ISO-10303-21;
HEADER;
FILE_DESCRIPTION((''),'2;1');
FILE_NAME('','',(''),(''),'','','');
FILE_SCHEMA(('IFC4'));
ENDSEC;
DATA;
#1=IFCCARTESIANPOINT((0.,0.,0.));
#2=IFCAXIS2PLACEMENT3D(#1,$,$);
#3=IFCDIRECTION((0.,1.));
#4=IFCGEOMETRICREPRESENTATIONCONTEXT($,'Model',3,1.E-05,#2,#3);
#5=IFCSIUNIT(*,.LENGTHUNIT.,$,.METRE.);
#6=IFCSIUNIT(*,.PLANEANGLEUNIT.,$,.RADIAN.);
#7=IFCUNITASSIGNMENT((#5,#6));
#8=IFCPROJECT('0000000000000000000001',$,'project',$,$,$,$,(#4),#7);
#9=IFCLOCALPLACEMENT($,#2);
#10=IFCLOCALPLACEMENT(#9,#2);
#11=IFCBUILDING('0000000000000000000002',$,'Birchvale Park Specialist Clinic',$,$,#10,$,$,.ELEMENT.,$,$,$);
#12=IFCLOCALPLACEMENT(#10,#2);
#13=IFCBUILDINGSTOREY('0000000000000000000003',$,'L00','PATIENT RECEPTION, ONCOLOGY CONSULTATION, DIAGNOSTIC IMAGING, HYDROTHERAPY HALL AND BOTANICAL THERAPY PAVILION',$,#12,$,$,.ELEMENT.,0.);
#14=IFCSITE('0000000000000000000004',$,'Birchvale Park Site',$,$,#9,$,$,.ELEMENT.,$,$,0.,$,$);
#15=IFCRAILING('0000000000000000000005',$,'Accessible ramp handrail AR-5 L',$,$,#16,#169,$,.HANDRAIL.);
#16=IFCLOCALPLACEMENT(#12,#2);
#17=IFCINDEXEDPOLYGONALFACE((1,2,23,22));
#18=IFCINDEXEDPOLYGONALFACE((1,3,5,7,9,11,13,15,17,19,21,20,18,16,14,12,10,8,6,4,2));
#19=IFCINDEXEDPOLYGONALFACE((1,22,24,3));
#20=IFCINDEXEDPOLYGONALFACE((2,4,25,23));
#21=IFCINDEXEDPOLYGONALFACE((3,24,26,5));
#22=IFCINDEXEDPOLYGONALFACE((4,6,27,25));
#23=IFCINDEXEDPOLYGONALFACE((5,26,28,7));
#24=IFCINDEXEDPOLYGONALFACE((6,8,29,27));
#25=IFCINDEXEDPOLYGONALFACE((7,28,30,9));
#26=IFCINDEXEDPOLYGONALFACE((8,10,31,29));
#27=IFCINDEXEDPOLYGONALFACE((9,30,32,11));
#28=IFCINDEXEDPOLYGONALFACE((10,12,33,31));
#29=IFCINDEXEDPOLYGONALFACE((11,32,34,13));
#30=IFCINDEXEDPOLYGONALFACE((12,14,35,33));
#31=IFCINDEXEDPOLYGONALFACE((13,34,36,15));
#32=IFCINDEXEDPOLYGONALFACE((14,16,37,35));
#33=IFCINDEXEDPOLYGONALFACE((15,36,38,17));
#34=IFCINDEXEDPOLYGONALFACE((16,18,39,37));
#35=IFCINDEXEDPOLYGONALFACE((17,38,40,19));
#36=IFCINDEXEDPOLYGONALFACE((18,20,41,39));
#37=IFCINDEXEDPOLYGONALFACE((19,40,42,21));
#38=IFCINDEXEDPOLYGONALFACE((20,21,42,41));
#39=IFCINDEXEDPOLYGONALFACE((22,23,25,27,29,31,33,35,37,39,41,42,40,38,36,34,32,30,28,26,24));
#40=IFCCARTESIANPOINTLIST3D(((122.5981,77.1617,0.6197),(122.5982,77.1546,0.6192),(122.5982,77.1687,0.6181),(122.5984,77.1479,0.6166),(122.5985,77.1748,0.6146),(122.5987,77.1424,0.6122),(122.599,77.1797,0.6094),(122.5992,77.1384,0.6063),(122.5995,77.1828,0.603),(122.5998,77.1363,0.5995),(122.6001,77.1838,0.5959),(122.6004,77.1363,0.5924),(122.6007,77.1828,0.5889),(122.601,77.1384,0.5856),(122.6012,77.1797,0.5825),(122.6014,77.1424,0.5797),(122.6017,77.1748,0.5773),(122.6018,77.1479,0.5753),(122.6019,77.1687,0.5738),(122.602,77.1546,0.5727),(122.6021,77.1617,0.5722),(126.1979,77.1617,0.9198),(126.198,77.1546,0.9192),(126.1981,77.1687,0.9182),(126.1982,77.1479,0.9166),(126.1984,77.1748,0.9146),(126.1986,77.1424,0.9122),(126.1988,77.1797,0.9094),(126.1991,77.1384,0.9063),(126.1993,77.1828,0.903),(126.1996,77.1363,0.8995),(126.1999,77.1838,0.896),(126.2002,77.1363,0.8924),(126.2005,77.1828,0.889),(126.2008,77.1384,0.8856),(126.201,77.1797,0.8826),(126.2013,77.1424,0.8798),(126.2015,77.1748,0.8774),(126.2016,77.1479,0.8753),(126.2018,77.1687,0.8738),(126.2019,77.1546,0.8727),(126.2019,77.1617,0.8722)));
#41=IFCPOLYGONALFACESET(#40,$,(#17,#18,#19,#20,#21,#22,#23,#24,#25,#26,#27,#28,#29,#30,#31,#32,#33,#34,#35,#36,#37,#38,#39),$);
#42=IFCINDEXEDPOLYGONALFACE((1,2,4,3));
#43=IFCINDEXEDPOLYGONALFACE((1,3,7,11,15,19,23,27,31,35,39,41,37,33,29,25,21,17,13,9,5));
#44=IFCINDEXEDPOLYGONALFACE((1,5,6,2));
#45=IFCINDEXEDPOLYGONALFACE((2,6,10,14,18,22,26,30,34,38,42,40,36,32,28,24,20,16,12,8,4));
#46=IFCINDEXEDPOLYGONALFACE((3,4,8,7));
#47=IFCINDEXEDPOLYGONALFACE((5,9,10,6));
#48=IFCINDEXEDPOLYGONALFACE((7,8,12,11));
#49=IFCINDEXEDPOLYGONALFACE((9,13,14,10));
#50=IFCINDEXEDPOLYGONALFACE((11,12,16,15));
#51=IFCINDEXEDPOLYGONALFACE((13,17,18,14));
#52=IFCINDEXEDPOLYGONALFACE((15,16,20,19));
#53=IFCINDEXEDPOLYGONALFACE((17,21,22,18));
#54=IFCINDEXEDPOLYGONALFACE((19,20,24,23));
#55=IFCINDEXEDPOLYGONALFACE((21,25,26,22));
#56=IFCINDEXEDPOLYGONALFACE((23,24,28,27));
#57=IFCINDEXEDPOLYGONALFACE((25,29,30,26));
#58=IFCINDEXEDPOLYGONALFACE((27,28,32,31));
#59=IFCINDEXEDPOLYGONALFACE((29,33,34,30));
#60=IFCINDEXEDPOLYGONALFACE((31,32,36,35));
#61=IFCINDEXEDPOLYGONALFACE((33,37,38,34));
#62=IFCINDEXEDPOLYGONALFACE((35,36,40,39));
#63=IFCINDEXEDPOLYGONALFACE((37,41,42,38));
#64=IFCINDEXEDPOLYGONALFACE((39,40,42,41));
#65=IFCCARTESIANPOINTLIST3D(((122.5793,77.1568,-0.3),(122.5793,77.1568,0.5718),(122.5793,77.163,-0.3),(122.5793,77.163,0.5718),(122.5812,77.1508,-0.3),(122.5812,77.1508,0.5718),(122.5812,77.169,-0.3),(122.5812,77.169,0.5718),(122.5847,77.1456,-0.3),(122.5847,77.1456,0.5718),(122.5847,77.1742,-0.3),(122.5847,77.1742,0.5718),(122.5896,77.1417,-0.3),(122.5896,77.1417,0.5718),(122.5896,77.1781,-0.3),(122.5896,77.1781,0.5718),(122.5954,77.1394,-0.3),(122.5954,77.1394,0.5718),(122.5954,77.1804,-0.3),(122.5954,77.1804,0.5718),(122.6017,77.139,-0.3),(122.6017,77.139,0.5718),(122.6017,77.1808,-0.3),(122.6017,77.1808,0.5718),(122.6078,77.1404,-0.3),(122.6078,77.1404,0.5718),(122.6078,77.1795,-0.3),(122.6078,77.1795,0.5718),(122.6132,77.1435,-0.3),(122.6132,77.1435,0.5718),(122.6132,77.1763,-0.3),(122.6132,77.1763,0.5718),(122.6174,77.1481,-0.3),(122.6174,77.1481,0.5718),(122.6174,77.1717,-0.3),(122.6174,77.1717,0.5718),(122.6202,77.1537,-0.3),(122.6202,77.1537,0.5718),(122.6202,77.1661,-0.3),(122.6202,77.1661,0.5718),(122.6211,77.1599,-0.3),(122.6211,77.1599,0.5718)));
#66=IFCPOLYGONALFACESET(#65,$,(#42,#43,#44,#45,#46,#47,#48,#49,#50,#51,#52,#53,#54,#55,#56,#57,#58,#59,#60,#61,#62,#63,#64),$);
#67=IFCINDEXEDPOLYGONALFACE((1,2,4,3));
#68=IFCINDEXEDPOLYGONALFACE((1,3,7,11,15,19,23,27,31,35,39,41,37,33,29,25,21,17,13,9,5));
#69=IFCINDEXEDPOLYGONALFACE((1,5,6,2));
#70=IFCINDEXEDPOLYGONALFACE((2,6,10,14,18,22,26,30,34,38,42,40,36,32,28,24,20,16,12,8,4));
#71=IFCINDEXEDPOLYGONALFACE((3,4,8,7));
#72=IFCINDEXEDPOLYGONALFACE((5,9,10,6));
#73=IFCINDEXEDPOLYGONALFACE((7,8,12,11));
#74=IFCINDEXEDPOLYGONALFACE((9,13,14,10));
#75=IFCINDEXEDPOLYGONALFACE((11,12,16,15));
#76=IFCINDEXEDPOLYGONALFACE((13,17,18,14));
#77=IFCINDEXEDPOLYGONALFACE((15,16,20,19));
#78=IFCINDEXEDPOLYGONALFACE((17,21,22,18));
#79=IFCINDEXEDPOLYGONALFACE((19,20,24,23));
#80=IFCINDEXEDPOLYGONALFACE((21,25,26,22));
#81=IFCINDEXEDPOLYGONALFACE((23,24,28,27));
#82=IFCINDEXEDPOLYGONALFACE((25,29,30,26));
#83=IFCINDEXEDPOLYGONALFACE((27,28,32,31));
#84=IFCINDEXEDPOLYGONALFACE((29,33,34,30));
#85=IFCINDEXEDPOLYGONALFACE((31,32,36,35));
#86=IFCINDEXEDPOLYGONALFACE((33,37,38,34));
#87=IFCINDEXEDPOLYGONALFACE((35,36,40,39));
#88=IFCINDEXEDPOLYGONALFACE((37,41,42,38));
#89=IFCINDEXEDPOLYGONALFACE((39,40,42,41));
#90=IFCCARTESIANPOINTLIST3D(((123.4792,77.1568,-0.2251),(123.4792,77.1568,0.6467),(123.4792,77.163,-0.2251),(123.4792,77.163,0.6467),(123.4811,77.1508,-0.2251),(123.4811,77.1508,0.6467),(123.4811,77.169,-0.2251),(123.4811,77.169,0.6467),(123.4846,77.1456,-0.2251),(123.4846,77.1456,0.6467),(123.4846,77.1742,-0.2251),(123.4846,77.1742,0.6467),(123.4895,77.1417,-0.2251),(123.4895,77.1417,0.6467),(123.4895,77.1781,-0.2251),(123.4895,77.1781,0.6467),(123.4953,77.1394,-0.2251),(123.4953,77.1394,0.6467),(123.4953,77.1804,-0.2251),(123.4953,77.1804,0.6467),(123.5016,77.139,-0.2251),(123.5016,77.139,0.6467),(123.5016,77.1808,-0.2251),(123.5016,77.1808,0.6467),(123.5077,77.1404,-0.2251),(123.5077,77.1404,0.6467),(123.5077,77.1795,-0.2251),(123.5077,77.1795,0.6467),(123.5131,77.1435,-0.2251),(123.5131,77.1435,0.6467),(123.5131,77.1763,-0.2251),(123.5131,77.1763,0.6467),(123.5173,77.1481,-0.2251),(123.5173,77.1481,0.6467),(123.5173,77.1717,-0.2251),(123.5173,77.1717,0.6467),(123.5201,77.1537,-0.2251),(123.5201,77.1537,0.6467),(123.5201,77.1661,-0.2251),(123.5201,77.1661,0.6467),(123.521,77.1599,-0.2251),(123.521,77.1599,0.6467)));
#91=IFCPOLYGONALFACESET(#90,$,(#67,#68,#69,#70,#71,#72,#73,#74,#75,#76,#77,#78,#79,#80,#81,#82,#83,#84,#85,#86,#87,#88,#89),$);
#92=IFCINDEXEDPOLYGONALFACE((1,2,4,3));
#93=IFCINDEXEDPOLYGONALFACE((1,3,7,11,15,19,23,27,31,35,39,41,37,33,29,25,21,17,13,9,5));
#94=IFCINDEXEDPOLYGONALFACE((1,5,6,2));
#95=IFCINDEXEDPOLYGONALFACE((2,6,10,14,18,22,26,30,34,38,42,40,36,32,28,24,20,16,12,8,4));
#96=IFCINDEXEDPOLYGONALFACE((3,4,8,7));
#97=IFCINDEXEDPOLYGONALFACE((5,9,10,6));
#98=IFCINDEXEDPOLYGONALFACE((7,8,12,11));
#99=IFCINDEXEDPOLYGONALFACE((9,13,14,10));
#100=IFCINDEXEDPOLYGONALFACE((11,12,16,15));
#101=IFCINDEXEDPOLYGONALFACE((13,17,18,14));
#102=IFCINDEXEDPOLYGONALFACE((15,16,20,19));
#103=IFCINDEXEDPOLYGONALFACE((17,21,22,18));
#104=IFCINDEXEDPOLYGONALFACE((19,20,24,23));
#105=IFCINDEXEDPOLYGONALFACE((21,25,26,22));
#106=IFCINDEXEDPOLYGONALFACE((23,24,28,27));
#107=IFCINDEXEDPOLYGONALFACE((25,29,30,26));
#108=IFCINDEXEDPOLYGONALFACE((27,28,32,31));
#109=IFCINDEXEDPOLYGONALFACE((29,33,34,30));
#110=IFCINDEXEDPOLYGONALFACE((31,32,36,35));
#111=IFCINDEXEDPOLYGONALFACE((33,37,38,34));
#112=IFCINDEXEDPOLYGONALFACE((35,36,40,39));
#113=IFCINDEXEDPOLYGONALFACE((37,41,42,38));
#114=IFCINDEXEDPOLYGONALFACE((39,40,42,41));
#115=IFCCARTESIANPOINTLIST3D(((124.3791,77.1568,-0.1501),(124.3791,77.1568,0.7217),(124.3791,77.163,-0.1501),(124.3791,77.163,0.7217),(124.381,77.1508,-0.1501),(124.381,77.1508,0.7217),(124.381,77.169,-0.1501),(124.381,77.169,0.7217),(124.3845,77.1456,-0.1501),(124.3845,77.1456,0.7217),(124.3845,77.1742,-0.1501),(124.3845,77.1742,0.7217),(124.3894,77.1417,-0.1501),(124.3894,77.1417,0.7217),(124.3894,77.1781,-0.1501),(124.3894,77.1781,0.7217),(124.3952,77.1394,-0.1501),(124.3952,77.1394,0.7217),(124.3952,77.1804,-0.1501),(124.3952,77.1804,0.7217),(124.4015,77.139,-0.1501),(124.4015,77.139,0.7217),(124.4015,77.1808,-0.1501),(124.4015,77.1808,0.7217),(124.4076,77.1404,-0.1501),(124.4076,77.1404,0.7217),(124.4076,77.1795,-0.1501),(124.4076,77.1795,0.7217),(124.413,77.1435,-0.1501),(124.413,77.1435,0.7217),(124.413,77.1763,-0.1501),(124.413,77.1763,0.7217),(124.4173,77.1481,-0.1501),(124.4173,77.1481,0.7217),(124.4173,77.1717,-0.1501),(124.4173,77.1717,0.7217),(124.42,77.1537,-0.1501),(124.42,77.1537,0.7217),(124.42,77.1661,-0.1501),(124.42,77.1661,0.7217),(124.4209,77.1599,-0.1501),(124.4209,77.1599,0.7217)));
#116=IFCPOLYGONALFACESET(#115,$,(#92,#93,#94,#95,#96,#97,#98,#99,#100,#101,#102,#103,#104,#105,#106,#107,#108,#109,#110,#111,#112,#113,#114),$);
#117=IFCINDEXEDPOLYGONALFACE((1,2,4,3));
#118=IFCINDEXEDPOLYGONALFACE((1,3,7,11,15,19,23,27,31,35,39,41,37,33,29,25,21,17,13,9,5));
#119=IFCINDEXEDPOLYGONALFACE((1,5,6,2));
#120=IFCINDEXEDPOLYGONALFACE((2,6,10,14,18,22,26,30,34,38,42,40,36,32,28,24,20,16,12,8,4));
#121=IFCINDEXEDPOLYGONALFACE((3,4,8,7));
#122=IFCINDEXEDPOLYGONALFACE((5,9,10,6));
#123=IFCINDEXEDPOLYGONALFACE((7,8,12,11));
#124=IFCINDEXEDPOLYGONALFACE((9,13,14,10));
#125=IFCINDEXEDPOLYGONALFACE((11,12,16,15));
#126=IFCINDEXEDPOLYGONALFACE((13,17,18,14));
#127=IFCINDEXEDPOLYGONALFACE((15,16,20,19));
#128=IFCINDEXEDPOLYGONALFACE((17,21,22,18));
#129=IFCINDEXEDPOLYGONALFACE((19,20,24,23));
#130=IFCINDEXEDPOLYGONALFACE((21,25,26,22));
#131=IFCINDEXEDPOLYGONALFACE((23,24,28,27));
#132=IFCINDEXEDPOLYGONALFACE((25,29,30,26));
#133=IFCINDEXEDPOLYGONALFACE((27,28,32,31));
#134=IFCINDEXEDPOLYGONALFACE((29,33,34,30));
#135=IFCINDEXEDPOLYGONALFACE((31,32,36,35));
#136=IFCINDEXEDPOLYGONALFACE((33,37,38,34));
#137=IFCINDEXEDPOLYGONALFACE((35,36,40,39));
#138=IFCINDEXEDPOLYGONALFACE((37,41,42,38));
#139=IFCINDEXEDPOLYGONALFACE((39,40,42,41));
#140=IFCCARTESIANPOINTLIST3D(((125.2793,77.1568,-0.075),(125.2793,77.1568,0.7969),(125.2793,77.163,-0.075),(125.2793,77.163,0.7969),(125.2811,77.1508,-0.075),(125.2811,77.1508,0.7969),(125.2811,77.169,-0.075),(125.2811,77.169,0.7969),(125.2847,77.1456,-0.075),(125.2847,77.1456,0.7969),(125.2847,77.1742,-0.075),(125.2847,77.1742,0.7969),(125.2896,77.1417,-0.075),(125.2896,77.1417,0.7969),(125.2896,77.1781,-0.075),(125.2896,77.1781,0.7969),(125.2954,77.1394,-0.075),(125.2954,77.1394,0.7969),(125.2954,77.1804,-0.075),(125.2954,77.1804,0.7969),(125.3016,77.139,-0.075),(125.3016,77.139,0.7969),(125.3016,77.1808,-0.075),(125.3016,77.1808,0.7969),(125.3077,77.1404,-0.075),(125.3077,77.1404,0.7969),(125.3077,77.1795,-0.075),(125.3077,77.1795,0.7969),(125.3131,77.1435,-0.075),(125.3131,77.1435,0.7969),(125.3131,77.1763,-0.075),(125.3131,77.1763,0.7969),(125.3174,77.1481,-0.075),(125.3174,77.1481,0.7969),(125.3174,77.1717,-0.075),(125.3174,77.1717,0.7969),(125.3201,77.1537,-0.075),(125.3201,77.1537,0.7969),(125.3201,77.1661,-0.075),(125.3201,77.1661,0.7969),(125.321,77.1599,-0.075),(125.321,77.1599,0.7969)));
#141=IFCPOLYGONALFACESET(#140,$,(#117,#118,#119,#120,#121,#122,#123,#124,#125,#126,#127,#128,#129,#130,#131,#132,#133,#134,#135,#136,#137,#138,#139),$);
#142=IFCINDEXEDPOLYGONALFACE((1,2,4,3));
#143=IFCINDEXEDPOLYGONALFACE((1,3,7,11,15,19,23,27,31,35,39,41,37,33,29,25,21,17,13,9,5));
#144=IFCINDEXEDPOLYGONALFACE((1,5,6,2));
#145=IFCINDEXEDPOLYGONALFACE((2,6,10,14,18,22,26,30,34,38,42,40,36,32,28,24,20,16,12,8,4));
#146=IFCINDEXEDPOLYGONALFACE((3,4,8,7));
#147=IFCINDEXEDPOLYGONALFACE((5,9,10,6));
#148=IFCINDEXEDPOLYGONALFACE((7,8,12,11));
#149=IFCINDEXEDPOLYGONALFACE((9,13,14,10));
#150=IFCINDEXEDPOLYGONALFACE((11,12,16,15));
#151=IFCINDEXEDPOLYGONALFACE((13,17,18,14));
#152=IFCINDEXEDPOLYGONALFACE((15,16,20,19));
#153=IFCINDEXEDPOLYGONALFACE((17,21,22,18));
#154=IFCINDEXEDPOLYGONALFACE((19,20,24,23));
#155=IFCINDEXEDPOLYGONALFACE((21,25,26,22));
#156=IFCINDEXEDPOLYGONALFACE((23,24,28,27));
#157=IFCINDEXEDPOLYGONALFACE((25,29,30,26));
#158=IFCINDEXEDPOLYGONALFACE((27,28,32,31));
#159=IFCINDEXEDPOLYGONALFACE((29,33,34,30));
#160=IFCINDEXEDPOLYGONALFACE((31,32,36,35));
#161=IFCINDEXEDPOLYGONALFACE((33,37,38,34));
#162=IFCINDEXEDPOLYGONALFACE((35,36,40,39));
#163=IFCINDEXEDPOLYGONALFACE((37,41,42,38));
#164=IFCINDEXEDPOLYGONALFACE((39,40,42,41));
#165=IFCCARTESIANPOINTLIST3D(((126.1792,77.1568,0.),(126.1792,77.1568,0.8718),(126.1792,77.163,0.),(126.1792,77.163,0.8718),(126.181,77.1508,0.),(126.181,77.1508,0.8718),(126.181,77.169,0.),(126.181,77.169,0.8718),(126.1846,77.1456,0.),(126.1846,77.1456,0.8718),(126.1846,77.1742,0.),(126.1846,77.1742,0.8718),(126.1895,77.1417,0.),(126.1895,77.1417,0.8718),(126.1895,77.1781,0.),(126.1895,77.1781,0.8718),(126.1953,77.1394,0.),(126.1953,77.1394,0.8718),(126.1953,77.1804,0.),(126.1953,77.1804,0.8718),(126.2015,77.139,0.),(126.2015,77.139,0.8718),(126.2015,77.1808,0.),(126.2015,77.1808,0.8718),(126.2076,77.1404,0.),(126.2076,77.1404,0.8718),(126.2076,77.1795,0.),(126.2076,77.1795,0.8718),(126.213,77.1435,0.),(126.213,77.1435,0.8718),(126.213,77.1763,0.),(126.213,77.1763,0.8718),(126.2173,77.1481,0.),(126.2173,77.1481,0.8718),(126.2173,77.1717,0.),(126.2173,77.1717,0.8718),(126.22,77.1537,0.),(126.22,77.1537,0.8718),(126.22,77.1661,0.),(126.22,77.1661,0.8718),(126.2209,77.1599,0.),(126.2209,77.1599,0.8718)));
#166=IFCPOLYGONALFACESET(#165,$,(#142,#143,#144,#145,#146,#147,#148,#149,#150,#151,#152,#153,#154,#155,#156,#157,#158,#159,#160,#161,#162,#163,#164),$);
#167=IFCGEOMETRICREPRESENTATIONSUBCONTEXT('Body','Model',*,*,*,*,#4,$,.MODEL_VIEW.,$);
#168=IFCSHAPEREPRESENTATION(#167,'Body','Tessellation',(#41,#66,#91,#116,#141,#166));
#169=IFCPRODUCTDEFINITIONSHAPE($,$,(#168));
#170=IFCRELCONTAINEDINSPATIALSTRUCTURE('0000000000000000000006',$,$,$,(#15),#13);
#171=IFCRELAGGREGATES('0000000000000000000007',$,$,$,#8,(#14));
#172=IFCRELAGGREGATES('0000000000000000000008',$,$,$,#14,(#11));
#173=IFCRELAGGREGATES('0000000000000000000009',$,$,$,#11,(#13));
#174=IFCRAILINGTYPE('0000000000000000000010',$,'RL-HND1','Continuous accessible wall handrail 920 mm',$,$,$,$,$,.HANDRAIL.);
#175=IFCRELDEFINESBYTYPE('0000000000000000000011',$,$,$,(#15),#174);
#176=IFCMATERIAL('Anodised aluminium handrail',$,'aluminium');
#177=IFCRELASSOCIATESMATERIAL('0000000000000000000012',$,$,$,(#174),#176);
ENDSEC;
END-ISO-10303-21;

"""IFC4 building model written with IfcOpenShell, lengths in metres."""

from ifc_helpers import new_model, si_unit, direction, frame, origin, origin_2d, place, context, subcontext, project, spatial, circle, extrude, material, type_object, element, save


model = new_model("IFC4")

# Units and contexts
model_context = context("Model", 3, precision=1e-05, world=origin(), true_north=direction((0.0, 1.0)))
body_context = subcontext(model_context, "Body", "Model", "MODEL_VIEW")
ifc_project = project(units=[si_unit("LENGTHUNIT", "METRE"), si_unit("PLANEANGLEUNIT", "RADIAN")], contexts=[model_context])

# Site, building, storey
site_placement = place(None, origin())
site = spatial("IfcSite", under=ifc_project, at=site_placement, Name="Birchvale Park Site", CompositionType="ELEMENT", RefElevation=0.0)
building_placement = place(site_placement, origin())
building = spatial("IfcBuilding", under=site, at=building_placement, Name="Birchvale Park Specialist Clinic", CompositionType="ELEMENT")
storey_placement = place(building_placement, origin())
storey = spatial("IfcBuildingStorey", under=building, at=storey_placement, Name="L00", Description="PATIENT RECEPTION, ONCOLOGY CONSULTATION, DIAGNOSTIC IMAGING, HYDROTHERAPY HALL AND BOTANICAL THERAPY PAVILION", CompositionType="ELEMENT", Elevation=0.0)

# Railing
ifc_material_1 = material(Name="Anodised aluminium handrail", Category="aluminium")
railing_type = type_object("IfcRailingType", Name="RL-HND1", Description="Continuous accessible wall handrail 920 mm", PredefinedType="HANDRAIL", material=ifc_material_1)
for number, where, name in (
    (1, (122.6001, 77.1599, -0.3), "Accessible ramp handrail AR-5 L"),
):
    element("IfcRailing", number, at=place(storey_placement, frame(where)), inside=storey, type_object=railing_type, Name=name, PredefinedType="HANDRAIL", context=body_context, shape_type="SweptSolid", body=[
        extrude(circle(Radius=0.0239, at=origin_2d()), frame((0.0, 0.0, 0.896), z_axis=(0.996544, 0.0, 0.083062), x_axis=(0.0, 1.0, 0.0)), (0.0, 0.0, 1.0), 3.6123),
        extrude(circle(Radius=0.021, at=origin_2d()), origin(), (0.0, 0.0, 1.0), 0.8718),
        extrude(circle(Radius=0.021, at=origin_2d()), frame((0.8999, 0.0, 0.075)), (0.0, 0.0, 1.0), 0.8718),
        extrude(circle(Radius=0.021, at=origin_2d()), frame((1.7998, 0.0, 0.1499)), (0.0, 0.0, 1.0), 0.8718),
        extrude(circle(Radius=0.021, at=origin_2d()), frame((2.7, 0.0, 0.2251)), (0.0, 0.0, 1.0), 0.8718),
        extrude(circle(Radius=0.021, at=origin_2d()), frame((3.5999, 0.0, 0.3)), (0.0, 0.0, 1.0), 0.8718),
    ])

save(model, "model.ifc")
